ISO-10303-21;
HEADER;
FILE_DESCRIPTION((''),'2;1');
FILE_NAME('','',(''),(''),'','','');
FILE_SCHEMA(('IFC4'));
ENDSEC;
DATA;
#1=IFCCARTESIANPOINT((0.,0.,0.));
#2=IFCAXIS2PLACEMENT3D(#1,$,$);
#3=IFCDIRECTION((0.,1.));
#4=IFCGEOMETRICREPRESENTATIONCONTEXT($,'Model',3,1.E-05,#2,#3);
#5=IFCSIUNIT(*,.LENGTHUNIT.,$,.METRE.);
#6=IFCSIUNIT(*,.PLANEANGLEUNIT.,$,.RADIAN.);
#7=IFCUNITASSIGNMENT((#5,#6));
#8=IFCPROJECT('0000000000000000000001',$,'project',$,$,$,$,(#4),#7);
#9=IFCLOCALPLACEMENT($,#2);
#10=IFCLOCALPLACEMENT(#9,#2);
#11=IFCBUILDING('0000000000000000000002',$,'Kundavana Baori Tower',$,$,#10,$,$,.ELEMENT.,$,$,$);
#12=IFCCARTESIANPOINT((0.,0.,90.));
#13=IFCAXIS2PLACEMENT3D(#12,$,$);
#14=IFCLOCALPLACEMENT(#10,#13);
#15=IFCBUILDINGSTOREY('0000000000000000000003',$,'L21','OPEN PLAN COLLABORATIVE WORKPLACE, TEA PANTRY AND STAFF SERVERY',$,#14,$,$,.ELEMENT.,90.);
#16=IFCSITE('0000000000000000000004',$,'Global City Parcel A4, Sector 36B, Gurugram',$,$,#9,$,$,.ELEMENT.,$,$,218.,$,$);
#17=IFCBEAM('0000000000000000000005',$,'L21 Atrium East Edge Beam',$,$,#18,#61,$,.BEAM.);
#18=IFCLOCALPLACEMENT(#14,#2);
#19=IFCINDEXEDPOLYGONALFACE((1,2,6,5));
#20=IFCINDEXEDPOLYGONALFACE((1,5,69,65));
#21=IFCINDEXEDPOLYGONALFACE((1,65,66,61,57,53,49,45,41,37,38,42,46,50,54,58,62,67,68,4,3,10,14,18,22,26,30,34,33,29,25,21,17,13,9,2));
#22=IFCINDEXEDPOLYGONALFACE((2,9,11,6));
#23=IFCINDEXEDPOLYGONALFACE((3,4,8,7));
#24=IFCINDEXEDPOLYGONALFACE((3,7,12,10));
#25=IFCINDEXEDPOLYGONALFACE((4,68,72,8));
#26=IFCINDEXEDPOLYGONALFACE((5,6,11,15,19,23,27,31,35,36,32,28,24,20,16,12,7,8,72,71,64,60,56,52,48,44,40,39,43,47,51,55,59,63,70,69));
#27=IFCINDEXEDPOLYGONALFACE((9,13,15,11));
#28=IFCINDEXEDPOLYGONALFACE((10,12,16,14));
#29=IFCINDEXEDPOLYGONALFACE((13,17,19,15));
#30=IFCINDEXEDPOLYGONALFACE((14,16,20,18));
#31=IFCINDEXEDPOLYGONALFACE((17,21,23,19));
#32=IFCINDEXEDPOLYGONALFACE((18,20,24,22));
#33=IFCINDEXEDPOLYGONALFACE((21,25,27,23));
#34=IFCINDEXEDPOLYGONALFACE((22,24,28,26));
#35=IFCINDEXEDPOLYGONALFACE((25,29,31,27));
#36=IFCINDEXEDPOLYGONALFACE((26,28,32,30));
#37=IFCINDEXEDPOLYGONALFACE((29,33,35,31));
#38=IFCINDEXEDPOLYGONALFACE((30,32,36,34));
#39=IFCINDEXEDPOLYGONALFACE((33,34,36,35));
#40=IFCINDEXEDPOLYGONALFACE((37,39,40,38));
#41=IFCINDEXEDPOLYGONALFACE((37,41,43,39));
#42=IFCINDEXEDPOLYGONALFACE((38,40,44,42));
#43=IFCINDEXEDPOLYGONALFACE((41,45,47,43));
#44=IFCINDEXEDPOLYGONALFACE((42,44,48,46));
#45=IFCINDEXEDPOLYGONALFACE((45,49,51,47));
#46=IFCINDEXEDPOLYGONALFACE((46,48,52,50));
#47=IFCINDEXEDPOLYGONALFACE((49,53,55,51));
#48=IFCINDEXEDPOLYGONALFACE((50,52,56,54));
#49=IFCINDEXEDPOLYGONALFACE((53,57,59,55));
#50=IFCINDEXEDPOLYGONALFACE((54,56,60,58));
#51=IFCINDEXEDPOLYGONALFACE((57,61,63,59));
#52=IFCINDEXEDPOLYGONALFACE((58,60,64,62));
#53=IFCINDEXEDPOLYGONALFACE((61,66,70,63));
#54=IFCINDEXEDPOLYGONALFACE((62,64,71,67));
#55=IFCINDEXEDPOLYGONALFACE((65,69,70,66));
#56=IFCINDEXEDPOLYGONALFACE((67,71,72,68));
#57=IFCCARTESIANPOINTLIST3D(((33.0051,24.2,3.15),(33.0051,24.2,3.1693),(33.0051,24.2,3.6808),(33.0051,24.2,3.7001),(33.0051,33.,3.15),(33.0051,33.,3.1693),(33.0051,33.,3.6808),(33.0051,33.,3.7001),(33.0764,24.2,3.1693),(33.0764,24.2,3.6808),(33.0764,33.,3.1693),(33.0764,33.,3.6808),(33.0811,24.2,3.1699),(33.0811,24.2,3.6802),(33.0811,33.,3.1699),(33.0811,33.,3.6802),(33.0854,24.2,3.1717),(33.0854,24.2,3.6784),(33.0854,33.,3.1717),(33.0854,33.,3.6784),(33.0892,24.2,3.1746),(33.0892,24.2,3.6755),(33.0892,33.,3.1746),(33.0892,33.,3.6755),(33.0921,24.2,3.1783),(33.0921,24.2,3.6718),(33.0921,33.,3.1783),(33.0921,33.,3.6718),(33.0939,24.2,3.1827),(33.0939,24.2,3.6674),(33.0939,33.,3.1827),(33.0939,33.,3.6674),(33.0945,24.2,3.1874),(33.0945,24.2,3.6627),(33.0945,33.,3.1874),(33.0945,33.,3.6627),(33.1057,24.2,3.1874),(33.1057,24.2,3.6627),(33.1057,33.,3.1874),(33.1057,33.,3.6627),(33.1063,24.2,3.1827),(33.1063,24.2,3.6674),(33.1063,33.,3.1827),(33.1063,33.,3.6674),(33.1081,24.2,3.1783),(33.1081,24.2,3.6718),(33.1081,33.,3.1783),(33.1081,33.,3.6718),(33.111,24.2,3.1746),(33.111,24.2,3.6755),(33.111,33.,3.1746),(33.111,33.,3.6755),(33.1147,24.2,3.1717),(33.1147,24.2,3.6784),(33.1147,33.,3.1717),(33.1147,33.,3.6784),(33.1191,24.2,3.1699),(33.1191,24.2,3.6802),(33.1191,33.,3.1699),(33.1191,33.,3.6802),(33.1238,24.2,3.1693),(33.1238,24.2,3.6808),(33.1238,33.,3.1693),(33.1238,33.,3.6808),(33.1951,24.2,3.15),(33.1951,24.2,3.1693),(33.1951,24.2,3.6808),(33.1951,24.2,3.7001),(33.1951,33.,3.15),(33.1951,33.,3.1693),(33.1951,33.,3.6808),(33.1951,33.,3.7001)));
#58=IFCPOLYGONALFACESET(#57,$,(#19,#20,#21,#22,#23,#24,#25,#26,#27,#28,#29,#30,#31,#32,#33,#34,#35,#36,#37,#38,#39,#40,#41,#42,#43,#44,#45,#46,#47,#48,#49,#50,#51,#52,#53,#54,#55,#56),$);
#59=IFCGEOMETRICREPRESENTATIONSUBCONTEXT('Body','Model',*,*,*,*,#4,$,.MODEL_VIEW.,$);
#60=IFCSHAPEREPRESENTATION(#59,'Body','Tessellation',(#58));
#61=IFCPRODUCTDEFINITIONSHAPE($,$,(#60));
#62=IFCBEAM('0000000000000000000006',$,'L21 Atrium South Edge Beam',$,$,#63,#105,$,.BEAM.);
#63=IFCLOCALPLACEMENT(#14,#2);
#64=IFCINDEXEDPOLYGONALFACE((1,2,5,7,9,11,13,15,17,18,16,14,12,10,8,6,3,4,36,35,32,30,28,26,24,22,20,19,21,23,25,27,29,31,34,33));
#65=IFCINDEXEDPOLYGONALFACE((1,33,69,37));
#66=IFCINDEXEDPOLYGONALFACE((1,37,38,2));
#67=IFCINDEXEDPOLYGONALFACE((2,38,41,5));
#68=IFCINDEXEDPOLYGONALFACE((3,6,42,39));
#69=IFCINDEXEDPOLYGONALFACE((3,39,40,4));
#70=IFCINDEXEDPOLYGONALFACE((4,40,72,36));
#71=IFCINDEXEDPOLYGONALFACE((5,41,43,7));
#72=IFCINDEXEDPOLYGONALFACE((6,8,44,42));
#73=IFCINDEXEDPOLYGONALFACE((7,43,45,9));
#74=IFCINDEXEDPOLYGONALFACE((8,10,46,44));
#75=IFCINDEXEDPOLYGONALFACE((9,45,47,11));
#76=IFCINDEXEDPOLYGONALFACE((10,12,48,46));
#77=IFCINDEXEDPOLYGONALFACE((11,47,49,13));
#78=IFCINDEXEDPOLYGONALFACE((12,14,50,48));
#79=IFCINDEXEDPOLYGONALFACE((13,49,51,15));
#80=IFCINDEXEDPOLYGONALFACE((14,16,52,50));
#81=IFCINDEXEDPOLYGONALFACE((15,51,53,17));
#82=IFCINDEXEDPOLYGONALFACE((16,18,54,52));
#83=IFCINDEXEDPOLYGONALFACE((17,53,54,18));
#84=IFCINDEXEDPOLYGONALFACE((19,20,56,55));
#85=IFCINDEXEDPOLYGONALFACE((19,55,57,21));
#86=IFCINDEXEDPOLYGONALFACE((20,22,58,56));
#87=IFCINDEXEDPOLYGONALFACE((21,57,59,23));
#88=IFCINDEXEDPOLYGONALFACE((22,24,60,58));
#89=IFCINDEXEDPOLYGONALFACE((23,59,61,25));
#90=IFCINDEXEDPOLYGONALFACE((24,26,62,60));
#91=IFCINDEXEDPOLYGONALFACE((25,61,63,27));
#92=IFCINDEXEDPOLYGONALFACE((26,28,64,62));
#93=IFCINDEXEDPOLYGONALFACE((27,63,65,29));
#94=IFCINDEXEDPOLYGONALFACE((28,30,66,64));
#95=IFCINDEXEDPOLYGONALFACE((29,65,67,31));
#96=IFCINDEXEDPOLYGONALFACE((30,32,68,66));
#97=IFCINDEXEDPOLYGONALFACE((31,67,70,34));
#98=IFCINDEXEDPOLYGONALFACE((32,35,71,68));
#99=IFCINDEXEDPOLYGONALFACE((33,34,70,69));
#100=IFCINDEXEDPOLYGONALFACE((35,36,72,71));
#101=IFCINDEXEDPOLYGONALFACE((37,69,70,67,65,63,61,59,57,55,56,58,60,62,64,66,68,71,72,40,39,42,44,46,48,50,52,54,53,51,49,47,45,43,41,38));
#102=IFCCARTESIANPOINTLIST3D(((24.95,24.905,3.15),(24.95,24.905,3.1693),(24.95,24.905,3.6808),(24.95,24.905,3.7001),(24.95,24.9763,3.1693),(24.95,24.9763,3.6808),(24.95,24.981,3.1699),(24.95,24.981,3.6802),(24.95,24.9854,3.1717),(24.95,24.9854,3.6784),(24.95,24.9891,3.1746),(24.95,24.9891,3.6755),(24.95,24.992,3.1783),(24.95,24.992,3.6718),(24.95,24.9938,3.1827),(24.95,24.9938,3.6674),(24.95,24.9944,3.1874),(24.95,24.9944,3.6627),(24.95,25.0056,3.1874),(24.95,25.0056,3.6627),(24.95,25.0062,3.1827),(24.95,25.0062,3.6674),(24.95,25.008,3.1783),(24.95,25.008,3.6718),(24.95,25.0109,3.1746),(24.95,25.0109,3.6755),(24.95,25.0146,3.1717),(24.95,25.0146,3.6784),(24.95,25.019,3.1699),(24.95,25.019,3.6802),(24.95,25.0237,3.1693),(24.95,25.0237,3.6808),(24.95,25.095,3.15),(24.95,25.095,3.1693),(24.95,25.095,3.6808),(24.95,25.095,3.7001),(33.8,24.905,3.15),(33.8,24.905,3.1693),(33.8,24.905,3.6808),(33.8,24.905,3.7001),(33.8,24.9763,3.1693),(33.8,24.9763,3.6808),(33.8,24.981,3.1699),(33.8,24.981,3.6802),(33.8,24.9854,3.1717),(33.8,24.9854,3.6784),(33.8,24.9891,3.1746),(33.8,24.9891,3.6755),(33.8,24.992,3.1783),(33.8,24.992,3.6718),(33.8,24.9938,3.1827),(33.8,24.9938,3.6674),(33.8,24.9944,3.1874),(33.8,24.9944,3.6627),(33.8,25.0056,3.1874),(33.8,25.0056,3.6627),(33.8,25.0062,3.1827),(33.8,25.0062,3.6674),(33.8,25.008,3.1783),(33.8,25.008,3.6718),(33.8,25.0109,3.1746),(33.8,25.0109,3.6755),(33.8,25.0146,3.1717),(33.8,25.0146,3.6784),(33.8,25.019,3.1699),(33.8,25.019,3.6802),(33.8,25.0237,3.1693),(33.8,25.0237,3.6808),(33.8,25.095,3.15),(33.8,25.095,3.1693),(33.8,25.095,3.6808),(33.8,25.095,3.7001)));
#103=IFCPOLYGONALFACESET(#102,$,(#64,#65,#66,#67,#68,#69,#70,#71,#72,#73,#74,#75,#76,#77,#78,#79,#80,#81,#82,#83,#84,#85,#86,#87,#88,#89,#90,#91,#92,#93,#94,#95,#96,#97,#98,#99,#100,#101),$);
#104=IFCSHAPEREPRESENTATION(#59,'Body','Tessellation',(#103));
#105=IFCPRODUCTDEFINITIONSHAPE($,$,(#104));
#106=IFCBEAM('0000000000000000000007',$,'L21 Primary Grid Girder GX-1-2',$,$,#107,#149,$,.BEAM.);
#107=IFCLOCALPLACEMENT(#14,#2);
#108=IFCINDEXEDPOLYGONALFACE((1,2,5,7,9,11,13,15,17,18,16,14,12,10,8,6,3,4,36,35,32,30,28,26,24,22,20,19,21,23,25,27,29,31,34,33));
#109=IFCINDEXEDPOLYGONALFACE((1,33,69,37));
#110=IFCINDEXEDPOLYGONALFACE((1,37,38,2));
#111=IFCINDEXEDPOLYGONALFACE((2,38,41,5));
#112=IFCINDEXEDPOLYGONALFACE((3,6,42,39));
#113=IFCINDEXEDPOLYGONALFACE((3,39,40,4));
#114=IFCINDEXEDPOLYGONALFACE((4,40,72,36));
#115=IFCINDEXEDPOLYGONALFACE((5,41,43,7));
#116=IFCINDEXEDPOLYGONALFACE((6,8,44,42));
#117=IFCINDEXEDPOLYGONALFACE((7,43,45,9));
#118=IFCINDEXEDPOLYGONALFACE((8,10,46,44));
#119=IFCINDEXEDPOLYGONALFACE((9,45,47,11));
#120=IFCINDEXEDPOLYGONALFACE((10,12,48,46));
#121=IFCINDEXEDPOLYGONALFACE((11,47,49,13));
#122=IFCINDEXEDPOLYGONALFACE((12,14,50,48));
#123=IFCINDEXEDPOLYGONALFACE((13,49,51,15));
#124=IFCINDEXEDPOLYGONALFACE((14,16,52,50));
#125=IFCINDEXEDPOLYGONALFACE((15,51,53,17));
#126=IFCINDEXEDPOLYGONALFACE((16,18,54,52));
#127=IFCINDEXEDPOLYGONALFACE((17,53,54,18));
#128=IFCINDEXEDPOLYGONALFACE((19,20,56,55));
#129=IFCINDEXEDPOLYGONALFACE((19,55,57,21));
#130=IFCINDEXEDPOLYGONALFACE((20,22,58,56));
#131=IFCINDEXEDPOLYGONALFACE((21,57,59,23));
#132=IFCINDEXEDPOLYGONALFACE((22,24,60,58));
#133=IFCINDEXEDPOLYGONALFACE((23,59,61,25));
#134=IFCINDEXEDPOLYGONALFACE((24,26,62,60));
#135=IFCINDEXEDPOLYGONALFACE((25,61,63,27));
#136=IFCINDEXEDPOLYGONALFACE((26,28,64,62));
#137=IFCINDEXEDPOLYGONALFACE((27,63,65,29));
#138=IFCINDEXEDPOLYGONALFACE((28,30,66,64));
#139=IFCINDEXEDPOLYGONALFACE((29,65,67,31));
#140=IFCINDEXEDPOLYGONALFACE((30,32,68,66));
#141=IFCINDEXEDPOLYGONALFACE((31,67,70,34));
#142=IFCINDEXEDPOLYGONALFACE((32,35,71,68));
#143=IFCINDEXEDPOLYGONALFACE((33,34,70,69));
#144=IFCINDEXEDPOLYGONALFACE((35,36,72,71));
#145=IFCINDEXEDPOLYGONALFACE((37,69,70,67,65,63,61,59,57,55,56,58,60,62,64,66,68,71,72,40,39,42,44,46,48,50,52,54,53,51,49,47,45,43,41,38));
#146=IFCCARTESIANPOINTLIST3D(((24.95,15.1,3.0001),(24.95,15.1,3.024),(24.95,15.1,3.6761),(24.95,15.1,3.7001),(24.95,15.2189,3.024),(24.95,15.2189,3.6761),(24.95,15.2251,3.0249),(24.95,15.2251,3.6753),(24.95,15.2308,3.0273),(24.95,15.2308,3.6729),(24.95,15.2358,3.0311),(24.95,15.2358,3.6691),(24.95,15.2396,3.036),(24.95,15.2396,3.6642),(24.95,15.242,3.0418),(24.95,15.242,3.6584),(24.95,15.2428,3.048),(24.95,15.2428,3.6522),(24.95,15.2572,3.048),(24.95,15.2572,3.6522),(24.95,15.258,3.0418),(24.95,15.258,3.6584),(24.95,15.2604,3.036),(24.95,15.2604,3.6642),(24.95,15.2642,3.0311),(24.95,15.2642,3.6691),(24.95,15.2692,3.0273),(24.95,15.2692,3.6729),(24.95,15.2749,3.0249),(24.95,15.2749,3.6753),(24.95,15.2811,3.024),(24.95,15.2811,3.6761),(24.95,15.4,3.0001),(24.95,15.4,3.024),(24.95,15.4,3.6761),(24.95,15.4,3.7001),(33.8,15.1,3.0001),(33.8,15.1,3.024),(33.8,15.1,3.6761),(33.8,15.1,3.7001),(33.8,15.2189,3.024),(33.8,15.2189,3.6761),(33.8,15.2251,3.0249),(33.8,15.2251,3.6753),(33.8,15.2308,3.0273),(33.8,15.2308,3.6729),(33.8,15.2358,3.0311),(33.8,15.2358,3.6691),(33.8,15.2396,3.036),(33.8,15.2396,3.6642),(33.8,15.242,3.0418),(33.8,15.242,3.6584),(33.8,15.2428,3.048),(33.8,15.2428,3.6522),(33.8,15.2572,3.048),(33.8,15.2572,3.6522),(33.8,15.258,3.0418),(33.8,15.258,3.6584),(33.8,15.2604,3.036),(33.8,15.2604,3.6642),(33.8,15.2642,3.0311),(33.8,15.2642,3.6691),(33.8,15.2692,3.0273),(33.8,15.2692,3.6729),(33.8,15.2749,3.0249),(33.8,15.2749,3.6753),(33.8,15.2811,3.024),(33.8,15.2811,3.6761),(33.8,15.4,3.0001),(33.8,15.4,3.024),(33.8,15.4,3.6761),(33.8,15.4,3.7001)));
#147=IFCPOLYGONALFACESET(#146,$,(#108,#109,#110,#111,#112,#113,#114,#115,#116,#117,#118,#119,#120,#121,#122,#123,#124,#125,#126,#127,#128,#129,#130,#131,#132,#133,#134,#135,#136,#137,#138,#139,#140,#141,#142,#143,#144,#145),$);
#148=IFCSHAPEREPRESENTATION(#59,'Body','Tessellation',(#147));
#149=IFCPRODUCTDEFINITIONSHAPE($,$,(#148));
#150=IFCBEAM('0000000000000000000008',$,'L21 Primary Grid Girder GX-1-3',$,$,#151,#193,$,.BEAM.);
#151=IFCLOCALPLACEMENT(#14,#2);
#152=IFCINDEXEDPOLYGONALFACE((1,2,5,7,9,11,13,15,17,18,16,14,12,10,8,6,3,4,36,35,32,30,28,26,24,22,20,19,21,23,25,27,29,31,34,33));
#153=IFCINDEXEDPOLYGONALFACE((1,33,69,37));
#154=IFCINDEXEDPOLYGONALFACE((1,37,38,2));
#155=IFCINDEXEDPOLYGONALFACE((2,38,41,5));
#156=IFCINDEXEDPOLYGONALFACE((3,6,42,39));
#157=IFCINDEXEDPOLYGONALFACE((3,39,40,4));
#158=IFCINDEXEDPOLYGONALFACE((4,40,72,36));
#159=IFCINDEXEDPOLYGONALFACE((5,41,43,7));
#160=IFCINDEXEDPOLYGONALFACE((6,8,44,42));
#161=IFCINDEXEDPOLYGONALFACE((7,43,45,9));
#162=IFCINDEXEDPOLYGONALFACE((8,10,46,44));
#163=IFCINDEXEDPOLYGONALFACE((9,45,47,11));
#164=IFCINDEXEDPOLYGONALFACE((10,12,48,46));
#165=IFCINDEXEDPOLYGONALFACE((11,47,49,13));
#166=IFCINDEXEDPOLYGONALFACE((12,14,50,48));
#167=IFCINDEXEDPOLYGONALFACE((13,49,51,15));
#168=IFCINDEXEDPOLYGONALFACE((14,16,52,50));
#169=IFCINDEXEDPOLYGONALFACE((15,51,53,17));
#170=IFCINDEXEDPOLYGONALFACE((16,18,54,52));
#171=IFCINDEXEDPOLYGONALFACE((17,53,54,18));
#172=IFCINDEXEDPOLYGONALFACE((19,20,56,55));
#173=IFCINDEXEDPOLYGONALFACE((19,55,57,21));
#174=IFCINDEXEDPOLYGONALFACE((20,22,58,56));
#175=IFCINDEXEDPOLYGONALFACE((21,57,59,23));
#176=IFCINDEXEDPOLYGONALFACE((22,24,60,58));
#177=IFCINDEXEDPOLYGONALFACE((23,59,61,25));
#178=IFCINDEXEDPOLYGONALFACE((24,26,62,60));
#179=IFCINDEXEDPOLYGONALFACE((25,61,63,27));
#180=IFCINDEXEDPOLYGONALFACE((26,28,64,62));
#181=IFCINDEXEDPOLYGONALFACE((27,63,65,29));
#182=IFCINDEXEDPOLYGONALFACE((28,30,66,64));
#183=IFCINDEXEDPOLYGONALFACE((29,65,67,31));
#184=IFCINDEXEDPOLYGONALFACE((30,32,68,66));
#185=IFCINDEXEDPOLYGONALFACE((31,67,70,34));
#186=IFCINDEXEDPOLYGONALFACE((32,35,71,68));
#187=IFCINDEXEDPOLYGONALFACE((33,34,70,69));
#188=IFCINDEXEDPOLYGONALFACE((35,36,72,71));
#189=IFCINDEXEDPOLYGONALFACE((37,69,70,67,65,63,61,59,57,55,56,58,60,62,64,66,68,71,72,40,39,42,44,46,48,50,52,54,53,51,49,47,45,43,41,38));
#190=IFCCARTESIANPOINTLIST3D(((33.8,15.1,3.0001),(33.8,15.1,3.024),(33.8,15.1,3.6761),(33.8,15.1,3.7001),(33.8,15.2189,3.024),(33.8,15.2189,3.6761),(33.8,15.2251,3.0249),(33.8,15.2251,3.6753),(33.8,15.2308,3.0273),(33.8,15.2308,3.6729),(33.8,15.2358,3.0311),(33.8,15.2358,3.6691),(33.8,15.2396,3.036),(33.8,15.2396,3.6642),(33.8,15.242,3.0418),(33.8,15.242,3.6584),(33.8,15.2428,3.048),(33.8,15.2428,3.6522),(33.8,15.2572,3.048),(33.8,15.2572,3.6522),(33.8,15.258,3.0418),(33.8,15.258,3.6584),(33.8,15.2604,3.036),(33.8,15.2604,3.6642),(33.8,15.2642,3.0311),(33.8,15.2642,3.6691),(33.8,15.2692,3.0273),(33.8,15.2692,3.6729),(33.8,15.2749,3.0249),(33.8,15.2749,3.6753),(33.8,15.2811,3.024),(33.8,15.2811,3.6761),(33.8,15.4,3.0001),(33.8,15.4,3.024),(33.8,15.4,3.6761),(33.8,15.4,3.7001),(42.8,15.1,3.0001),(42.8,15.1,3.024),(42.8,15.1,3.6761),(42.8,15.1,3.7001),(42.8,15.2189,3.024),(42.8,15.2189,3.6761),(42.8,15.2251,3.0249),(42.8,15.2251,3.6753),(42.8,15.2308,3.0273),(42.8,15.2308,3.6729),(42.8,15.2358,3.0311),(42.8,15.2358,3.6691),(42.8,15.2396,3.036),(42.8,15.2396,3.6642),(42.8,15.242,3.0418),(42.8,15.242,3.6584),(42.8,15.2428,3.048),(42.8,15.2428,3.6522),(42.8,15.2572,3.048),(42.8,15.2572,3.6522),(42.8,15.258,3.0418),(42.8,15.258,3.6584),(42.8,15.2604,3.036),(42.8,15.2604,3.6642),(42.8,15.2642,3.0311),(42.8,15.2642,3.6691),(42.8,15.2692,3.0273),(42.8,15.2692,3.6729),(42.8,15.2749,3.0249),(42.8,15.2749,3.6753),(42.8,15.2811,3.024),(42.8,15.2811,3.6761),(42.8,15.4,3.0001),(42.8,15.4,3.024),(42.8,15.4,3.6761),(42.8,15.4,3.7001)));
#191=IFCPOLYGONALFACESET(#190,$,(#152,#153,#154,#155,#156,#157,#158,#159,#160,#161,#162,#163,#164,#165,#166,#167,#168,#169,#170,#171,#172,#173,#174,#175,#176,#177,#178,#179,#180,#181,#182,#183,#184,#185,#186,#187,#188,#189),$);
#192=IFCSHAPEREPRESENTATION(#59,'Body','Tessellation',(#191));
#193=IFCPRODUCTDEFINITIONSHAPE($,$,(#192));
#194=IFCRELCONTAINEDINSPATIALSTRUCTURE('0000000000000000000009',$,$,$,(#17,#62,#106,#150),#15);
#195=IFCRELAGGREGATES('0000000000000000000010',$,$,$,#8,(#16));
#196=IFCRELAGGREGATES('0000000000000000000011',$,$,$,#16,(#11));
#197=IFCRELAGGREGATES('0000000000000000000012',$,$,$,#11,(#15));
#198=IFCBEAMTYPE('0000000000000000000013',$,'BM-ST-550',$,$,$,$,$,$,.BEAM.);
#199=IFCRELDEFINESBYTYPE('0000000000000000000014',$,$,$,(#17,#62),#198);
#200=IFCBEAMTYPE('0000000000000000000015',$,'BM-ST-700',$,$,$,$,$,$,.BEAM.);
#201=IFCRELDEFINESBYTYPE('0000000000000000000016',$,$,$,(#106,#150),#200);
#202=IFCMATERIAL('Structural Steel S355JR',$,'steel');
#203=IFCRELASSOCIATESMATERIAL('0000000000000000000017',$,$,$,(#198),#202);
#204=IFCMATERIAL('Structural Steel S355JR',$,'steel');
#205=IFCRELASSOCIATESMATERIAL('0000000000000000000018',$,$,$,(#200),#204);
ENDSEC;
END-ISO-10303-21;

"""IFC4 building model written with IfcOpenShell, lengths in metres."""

from ifc_helpers import new_model, si_unit, direction, frame, origin, origin_2d, place, context, subcontext, project, spatial, i_section, extrude, material, material_profile, profile_set, type_object, element, save


model = new_model("IFC4")

# Units and contexts
model_context = context("Model", 3, precision=1e-05, world=origin(), true_north=direction((0.0, 1.0)))
body_context = subcontext(model_context, "Body", "Model", "MODEL_VIEW")
ifc_project = project(units=[si_unit("LENGTHUNIT", "METRE"), si_unit("PLANEANGLEUNIT", "RADIAN")], contexts=[model_context])

# Site, building, storey
site_placement = place(None, origin())
site = spatial("IfcSite", under=ifc_project, at=site_placement, Name="Global City Parcel A4, Sector 36B, Gurugram", CompositionType="ELEMENT", RefElevation=218.0)
building_placement = place(site_placement, origin())
building = spatial("IfcBuilding", under=site, at=building_placement, Name="Kundavana Baori Tower", CompositionType="ELEMENT")
storey_placement = place(building_placement, frame((0.0, 0.0, 90.0)))
storey = spatial("IfcBuildingStorey", under=building, at=storey_placement, Name="L21", Description="OPEN PLAN COLLABORATIVE WORKPLACE, TEA PANTRY AND STAFF SERVERY", CompositionType="ELEMENT", Elevation=90.0)

# Beams
ifc_material_1 = material(Name="Structural Steel S355JR", Category="steel")
ifc_material_profile_1 = material_profile(ifc_material_1, i_section(OverallWidth=0.1899, OverallDepth=0.55, WebThickness=0.0112, FlangeThickness=0.0193, FilletRadius=0.0181, at=origin_2d()), Name="ISMB 550")
ifc_profile_set_1 = profile_set([ifc_material_profile_1], Name="Structural Steel S355JR")
beam_type_1 = type_object("IfcBeamType", Name="BM-ST-550", PredefinedType="BEAM", material=ifc_profile_set_1)
for number, where, z_axis, x_axis, name in (
    (1, (33.1001, 24.2, 3.425), (0.0, 1.0, 0.0), (-1.0, 0.0, 0.0), "L21 Atrium East Edge Beam"),
):
    element("IfcBeam", number, at=place(storey_placement, frame(where, z_axis=z_axis, x_axis=x_axis)), inside=storey, type_object=beam_type_1, Name=name, PredefinedType="BEAM", context=body_context, shape_type="SweptSolid", body=[
        extrude(i_section(OverallWidth=0.1899, OverallDepth=0.55, WebThickness=0.0112, FlangeThickness=0.0193, FilletRadius=0.0181, at=origin_2d()), origin(), (0.0, 0.0, 1.0), 8.8),
    ])
beam_1_placement = place(storey_placement, frame((24.95, 25.0, 3.425), z_axis=(1.0, 0.0, 0.0), x_axis=(0.0, 1.0, 0.0)))
element("IfcBeam", 2, at=beam_1_placement, inside=storey, type_object=beam_type_1, Name="L21 Atrium South Edge Beam", PredefinedType="BEAM", context=body_context, shape_type="SweptSolid", body=[
    extrude(i_section(OverallWidth=0.1899, OverallDepth=0.55, WebThickness=0.0112, FlangeThickness=0.0193, FilletRadius=0.0181, at=origin_2d()), origin(), (0.0, 0.0, 1.0), 8.8501),
])
ifc_material_2 = material(Name="Structural Steel S355JR", Category="steel")
ifc_material_profile_2 = material_profile(ifc_material_2, i_section(OverallWidth=0.3, OverallDepth=0.7, WebThickness=0.0144, FlangeThickness=0.0239, FilletRadius=0.0239, at=origin_2d()), Name="NPB 700x300x170")
ifc_profile_set_2 = profile_set([ifc_material_profile_2], Name="Structural Steel S355JR")
beam_type_2 = type_object("IfcBeamType", Name="BM-ST-700", PredefinedType="BEAM", material=ifc_profile_set_2)
beam_2_placement = place(storey_placement, frame((24.95, 15.25, 3.3501), z_axis=(1.0, 0.0, 0.0), x_axis=(0.0, 1.0, 0.0)))
element("IfcBeam", 3, at=beam_2_placement, inside=storey, type_object=beam_type_2, Name="L21 Primary Grid Girder GX-1-2", PredefinedType="BEAM", context=body_context, shape_type="SweptSolid", body=[
    extrude(i_section(OverallWidth=0.3, OverallDepth=0.7, WebThickness=0.0144, FlangeThickness=0.0239, FilletRadius=0.0239, at=origin_2d()), origin(), (0.0, 0.0, 1.0), 8.8501),
])
beam_3_placement = place(storey_placement, frame((33.8, 15.25, 3.3501), z_axis=(1.0, 0.0, 0.0), x_axis=(0.0, 1.0, 0.0)))
element("IfcBeam", 4, at=beam_3_placement, inside=storey, type_object=beam_type_2, Name="L21 Primary Grid Girder GX-1-3", PredefinedType="BEAM", context=body_context, shape_type="SweptSolid", body=[
    extrude(i_section(OverallWidth=0.3, OverallDepth=0.7, WebThickness=0.0144, FlangeThickness=0.0239, FilletRadius=0.0239, at=origin_2d()), origin(), (0.0, 0.0, 1.0), 9.0),
])

save(model, "model.ifc")
